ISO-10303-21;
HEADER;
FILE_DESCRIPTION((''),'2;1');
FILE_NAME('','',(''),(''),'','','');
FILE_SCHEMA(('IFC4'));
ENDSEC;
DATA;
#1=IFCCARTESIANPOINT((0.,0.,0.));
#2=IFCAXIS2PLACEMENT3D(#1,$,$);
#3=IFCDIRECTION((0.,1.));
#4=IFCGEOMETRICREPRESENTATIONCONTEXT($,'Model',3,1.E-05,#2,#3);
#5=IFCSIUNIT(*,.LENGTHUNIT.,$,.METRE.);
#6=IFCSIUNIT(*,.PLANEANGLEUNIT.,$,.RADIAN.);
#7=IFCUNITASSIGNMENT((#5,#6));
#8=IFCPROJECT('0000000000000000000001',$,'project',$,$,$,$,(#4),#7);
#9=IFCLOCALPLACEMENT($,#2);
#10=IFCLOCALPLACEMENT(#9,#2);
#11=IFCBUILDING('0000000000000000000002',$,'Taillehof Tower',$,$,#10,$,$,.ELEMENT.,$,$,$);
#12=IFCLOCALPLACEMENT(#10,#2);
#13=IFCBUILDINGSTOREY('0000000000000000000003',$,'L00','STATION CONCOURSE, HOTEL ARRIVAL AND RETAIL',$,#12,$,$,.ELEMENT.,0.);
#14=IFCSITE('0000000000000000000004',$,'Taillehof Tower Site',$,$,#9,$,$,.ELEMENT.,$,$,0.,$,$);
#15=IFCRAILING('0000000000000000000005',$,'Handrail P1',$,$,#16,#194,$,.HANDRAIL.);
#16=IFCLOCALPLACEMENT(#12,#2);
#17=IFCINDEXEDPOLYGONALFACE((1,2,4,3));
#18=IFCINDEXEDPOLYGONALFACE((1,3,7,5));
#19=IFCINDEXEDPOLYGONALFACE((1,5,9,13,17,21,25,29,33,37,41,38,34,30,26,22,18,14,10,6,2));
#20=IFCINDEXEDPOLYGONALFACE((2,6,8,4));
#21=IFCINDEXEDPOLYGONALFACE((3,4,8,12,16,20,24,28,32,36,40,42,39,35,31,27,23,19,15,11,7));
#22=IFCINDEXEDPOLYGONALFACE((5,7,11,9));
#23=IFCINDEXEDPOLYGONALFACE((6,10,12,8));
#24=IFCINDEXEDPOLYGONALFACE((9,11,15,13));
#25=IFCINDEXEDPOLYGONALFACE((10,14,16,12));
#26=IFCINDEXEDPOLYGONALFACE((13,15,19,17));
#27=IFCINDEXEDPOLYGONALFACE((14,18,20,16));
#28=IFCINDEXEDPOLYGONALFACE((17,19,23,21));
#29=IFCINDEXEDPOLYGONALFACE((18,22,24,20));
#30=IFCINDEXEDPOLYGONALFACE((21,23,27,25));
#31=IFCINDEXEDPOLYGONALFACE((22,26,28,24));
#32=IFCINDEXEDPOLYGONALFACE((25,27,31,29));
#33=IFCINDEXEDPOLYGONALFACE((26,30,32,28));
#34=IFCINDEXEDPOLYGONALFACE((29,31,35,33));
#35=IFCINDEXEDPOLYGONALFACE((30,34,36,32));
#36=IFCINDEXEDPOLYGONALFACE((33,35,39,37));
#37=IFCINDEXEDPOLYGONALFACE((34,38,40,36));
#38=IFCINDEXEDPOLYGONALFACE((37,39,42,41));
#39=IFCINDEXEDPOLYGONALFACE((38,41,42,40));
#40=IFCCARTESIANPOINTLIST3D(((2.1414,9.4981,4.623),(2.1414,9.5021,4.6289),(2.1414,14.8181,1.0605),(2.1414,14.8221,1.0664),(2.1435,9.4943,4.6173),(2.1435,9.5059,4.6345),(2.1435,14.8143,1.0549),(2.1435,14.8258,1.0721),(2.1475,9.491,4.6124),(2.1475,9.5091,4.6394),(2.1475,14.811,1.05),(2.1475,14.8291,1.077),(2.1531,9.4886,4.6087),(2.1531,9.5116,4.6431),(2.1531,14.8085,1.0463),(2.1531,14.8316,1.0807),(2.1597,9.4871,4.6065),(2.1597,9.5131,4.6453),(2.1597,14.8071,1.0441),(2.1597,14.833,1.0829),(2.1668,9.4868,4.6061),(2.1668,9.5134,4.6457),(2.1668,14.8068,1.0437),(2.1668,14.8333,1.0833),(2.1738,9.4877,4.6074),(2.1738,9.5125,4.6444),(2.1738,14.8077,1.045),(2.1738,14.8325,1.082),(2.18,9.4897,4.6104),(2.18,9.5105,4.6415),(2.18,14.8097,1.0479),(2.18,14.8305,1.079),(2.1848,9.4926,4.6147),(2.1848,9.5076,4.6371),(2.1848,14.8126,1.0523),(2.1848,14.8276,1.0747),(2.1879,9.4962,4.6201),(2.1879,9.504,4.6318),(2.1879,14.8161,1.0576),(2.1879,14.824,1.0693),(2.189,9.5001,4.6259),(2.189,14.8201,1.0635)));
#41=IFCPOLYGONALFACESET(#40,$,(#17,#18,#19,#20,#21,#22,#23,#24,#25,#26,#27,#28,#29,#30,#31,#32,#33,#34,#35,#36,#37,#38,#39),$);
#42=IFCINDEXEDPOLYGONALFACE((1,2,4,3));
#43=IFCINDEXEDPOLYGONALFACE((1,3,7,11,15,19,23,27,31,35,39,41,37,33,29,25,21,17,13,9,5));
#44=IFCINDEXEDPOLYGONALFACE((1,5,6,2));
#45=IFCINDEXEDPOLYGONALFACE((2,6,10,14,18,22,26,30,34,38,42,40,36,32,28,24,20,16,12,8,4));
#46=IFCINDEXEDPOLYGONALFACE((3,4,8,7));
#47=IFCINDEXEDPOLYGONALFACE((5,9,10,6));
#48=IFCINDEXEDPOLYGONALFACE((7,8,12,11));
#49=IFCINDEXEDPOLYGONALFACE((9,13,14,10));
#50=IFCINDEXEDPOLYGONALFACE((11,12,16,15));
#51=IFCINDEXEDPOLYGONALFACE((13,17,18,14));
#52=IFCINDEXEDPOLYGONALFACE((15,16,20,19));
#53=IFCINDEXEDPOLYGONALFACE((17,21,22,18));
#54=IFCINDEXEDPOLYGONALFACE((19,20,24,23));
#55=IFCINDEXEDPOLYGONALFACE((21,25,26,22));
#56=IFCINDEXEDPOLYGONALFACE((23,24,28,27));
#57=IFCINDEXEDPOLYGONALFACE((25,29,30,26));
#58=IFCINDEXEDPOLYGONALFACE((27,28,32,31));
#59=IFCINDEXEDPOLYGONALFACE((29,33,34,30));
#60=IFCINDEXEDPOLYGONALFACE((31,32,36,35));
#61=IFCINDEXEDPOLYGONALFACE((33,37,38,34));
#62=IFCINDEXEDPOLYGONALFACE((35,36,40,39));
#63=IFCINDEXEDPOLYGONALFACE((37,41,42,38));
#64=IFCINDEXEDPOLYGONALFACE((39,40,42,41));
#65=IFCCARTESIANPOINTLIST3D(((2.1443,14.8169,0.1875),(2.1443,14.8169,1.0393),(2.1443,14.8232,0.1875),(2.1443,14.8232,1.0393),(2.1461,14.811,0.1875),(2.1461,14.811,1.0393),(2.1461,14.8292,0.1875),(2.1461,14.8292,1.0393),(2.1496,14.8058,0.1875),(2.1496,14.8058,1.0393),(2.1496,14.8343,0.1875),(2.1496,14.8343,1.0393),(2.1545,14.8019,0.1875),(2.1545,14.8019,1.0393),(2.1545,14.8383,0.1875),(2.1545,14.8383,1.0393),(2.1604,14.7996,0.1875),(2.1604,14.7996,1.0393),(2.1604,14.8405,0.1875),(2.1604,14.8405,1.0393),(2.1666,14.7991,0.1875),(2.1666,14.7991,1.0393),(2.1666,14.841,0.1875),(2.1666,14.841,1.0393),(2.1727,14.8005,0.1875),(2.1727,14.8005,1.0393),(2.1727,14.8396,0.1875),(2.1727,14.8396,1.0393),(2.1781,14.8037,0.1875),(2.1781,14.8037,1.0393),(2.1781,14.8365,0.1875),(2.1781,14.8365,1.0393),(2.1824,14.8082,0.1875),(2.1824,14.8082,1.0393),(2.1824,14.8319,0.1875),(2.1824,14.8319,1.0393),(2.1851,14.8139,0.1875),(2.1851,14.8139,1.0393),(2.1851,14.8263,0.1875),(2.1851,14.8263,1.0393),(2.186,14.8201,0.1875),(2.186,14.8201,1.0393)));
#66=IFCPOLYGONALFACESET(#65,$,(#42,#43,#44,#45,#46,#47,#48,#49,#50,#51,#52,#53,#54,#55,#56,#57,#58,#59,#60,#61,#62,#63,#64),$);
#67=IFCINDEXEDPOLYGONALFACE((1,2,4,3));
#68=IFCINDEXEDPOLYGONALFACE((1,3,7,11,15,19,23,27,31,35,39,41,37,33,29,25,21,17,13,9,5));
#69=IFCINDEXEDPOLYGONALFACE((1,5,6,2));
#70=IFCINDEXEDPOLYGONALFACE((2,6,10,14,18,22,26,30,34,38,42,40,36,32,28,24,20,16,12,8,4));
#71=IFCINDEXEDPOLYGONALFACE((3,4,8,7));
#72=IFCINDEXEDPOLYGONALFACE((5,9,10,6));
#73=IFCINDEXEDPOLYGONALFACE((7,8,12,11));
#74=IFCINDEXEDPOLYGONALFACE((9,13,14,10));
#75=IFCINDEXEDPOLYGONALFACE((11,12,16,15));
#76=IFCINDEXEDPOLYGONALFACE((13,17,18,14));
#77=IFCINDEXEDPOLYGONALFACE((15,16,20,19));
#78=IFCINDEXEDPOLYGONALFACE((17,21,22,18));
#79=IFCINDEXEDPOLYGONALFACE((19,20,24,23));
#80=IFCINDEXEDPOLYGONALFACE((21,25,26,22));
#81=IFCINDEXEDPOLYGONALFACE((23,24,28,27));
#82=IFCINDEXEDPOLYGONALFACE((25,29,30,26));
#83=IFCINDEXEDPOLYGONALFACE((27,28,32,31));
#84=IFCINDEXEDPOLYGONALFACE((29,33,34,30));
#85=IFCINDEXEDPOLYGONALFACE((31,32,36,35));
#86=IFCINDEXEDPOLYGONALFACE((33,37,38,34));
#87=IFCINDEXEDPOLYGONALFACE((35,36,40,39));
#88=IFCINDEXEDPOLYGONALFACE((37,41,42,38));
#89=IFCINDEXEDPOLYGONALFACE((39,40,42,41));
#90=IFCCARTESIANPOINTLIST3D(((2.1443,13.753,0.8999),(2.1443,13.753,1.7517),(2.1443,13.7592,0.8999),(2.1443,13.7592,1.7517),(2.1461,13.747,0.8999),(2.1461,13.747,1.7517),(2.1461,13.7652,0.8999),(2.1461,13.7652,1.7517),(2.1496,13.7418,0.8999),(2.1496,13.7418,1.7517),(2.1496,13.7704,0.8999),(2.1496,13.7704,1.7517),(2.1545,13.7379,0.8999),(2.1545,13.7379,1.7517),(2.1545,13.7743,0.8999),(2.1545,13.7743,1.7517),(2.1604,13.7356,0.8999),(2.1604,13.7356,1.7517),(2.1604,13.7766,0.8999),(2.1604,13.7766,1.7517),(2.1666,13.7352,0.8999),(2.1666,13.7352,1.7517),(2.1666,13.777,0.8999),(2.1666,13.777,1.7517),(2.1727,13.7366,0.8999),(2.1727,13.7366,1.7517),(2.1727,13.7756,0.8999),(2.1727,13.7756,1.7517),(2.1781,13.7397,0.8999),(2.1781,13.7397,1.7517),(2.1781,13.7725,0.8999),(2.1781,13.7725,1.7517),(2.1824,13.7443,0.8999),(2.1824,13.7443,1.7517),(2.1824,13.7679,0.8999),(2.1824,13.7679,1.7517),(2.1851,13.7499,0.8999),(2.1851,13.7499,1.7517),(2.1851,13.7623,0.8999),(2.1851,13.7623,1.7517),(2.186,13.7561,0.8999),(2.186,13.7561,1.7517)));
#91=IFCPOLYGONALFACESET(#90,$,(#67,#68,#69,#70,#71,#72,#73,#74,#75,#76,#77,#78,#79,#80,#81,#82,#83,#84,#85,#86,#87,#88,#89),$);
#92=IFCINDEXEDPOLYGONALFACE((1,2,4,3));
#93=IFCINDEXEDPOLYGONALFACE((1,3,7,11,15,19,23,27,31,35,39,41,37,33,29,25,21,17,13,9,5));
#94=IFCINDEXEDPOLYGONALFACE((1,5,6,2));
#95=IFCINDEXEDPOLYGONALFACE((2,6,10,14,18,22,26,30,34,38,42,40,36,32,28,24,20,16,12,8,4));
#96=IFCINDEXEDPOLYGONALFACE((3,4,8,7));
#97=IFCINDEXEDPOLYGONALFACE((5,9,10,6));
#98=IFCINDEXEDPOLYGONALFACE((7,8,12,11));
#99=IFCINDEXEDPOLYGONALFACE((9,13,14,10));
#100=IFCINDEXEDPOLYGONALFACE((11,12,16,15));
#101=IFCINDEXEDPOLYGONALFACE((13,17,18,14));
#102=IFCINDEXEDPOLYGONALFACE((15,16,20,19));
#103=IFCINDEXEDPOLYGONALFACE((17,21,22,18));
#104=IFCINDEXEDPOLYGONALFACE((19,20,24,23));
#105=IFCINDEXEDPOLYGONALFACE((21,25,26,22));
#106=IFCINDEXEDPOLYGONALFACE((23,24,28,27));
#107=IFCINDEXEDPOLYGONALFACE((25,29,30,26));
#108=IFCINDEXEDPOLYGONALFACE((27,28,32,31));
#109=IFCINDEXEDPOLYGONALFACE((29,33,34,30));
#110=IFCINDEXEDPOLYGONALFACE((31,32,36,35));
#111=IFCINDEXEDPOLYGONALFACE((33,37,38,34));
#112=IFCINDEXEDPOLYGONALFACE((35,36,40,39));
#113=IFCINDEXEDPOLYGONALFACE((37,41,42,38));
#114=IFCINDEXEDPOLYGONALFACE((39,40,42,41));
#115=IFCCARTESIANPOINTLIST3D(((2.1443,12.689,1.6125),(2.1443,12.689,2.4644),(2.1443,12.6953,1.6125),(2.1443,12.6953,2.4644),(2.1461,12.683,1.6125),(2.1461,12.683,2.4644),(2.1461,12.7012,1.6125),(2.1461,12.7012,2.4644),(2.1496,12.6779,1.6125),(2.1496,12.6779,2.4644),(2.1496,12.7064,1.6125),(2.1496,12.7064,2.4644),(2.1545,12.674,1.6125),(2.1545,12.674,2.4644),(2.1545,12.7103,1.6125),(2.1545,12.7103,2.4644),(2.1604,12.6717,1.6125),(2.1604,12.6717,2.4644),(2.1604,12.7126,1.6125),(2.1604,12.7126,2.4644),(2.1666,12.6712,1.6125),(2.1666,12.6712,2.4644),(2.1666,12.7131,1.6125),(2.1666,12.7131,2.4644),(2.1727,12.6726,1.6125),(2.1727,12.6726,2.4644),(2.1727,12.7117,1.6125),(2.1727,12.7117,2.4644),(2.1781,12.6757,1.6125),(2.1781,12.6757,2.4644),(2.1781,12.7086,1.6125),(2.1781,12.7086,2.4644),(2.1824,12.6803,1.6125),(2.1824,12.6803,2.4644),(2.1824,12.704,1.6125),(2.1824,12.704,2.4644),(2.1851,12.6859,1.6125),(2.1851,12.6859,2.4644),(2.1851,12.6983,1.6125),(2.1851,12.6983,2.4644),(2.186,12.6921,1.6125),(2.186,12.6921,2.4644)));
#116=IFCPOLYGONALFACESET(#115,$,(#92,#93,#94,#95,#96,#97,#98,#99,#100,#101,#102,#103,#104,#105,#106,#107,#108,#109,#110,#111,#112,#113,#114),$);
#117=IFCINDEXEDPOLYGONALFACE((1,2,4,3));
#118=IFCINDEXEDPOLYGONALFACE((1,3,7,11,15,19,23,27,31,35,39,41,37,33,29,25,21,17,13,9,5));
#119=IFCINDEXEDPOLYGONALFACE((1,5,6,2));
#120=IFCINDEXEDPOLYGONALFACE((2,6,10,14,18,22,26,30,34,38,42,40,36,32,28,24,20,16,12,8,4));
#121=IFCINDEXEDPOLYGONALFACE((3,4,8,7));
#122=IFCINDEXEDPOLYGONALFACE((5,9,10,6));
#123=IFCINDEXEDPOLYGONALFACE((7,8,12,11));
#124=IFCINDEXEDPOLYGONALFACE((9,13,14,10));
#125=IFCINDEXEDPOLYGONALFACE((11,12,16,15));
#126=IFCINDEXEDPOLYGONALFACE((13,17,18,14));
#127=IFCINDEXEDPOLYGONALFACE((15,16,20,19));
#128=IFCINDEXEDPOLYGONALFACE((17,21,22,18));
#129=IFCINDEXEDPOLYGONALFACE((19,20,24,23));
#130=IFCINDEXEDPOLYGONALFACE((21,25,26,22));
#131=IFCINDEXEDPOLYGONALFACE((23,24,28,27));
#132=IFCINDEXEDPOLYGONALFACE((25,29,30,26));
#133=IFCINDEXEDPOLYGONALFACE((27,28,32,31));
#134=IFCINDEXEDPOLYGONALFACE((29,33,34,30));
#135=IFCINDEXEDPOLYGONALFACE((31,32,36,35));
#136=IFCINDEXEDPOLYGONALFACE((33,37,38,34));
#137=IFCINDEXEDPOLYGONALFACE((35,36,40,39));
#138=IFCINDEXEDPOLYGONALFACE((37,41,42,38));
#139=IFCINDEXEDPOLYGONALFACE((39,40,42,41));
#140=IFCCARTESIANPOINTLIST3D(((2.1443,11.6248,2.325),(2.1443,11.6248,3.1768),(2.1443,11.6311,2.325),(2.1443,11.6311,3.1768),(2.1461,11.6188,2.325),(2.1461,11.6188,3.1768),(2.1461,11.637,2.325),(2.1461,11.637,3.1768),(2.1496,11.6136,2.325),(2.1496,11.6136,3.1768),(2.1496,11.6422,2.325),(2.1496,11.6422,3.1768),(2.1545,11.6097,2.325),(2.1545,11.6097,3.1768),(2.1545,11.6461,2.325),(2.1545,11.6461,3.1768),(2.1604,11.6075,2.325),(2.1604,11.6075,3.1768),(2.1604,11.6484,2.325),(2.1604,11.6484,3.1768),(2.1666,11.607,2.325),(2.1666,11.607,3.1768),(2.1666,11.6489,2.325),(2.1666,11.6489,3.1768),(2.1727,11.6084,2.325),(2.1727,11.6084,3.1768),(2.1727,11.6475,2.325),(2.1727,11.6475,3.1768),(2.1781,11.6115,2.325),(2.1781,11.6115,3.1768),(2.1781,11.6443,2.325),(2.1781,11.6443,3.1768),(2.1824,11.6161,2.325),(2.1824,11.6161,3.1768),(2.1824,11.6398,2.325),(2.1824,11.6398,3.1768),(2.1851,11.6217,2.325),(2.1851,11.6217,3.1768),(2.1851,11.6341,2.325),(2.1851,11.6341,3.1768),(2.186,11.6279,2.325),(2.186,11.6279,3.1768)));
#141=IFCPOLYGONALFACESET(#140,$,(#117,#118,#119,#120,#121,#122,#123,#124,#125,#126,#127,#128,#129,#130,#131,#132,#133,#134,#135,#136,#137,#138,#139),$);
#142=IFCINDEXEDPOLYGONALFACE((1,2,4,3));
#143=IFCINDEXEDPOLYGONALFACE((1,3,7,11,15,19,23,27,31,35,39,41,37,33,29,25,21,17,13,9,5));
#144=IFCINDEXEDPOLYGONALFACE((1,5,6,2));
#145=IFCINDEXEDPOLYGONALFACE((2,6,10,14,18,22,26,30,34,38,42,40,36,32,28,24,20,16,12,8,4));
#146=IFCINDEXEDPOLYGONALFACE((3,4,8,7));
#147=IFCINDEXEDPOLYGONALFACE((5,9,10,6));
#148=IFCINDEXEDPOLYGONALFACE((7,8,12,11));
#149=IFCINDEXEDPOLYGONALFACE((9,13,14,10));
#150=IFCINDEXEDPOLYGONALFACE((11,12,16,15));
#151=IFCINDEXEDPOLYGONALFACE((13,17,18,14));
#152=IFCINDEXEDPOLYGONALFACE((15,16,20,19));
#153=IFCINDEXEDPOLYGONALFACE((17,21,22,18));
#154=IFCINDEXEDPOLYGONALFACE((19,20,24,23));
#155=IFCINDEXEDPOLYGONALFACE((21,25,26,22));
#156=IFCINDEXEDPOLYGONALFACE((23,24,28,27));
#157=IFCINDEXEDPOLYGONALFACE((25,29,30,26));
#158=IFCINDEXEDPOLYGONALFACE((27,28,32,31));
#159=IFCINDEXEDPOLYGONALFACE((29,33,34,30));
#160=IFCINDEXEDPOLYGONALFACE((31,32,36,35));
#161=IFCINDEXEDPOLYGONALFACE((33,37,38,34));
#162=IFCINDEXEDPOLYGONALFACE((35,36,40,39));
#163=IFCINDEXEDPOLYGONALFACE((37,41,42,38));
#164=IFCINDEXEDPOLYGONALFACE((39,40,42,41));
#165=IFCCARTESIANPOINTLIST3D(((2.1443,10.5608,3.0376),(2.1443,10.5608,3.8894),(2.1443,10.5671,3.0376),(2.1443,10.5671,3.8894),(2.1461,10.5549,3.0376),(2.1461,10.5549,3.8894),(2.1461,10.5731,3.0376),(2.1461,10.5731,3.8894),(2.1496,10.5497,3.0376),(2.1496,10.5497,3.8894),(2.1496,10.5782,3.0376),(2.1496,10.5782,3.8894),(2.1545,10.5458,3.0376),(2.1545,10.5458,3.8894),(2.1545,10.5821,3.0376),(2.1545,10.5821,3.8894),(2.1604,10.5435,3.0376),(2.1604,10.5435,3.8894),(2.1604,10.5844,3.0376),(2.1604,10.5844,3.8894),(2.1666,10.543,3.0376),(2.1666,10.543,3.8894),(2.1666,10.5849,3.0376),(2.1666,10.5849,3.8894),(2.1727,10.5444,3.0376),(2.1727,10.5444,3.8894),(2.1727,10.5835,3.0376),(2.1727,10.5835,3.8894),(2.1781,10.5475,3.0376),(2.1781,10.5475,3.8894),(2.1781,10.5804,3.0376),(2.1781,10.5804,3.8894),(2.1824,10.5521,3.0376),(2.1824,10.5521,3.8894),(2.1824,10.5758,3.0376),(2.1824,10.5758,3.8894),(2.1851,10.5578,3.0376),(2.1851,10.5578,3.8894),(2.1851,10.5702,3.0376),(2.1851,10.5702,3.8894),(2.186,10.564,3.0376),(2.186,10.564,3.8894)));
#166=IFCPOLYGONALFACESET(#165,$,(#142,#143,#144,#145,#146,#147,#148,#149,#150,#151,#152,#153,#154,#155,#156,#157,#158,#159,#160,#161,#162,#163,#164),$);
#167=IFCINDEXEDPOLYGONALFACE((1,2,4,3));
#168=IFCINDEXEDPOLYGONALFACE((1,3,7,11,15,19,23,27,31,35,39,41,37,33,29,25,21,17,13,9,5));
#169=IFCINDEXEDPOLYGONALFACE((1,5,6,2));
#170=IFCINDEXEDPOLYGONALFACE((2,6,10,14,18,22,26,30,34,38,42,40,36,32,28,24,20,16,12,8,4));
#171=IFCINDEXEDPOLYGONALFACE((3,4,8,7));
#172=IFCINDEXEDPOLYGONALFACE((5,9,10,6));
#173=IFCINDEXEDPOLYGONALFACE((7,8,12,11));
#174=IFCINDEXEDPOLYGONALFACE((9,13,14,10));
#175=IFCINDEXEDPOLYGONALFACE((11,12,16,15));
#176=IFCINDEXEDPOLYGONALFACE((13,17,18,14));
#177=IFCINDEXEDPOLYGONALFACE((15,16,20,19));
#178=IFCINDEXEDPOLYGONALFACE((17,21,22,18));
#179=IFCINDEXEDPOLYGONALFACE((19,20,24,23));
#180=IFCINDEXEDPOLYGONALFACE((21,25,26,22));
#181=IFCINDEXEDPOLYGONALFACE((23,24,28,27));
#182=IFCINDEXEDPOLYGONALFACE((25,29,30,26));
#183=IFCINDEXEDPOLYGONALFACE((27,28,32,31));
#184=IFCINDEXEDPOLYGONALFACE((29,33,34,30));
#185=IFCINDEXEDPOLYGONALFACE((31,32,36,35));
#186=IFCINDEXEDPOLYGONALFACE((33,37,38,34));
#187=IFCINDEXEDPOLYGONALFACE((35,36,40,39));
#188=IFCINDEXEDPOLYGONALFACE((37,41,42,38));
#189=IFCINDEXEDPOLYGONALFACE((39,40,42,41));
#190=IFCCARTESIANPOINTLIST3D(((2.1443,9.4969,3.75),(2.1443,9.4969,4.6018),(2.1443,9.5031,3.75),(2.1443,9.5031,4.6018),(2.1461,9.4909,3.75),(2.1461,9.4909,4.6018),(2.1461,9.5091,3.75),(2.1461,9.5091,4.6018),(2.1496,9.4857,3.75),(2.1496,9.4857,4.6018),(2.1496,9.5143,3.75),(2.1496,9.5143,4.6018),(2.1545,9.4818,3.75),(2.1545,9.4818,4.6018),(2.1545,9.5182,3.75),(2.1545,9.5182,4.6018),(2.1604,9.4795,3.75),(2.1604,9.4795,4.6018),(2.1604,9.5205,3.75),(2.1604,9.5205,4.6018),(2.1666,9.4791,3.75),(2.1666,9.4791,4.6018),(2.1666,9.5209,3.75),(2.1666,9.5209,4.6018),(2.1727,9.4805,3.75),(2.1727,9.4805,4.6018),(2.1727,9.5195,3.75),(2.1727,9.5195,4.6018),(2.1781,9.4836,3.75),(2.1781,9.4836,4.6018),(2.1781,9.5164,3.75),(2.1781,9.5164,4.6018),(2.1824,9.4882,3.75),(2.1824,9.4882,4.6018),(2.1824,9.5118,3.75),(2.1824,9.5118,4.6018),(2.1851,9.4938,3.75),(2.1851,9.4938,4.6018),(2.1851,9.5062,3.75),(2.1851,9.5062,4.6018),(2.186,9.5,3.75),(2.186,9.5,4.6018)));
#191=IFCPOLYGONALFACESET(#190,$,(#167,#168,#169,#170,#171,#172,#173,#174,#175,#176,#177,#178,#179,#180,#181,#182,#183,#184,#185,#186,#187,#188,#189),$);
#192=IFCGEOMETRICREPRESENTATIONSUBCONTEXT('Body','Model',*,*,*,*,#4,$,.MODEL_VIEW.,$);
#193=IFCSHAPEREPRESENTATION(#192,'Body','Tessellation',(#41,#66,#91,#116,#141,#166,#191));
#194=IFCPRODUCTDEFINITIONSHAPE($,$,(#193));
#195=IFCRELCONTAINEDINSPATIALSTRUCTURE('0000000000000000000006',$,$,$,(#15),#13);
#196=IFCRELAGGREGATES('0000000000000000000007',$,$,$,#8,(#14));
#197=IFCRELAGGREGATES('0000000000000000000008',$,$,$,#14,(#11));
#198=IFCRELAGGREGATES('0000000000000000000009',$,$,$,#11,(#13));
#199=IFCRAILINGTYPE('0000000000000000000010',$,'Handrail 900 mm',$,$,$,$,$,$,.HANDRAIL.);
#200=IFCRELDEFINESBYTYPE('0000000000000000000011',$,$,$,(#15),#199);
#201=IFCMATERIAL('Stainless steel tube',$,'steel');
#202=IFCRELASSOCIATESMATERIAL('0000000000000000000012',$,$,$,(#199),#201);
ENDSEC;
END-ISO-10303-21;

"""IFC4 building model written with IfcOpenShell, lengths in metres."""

from ifc_helpers import new_model, si_unit, direction, frame, origin, origin_2d, place, context, subcontext, project, spatial, circle, extrude, material, type_object, element, save


model = new_model("IFC4")

# Units and contexts
model_context = context("Model", 3, precision=1e-05, world=origin(), true_north=direction((0.0, 1.0)))
body_context = subcontext(model_context, "Body", "Model", "MODEL_VIEW")
ifc_project = project(units=[si_unit("LENGTHUNIT", "METRE"), si_unit("PLANEANGLEUNIT", "RADIAN")], contexts=[model_context])

# Site, building, storey
site_placement = place(None, origin())
site = spatial("IfcSite", under=ifc_project, at=site_placement, Name="Taillehof Tower Site", CompositionType="ELEMENT", RefElevation=0.0)
building_placement = place(site_placement, origin())
building = spatial("IfcBuilding", under=site, at=building_placement, Name="Taillehof Tower", CompositionType="ELEMENT")
storey_placement = place(building_placement, origin())
storey = spatial("IfcBuildingStorey", under=building, at=storey_placement, Name="L00", Description="STATION CONCOURSE, HOTEL ARRIVAL AND RETAIL", CompositionType="ELEMENT", Elevation=0.0)

# Railing
ifc_material_1 = material(Name="Stainless steel tube", Category="steel")
railing_type_1 = type_object("IfcRailingType", Name="Handrail 900 mm", PredefinedType="HANDRAIL", material=ifc_material_1)
for number, where, name in (
    (1, (2.165, 14.8201, 0.1875), "Handrail P1"),
):
    element("IfcRailing", number, at=place(storey_placement, frame(where)), inside=storey, type_object=railing_type_1, Name=name, PredefinedType="HANDRAIL", context=body_context, shape_type="SweptSolid", body=[
        extrude(circle(Radius=0.0239, at=origin_2d()), frame((0.0, 0.0, 0.876), z_axis=(0.0, -0.83091, 0.556406), x_axis=(1.0, 0.0, 0.0)), (0.0, 0.0, 1.0), 6.4026),
        extrude(circle(Radius=0.021, at=origin_2d()), origin(), (0.0, 0.0, 1.0), 0.8518),
        extrude(circle(Radius=0.021, at=origin_2d()), frame((0.0, -1.064, 0.7124)), (0.0, 0.0, 1.0), 0.8518),
        extrude(circle(Radius=0.021, at=origin_2d()), frame((0.0, -2.1279, 1.425)), (0.0, 0.0, 1.0), 0.8518),
        extrude(circle(Radius=0.021, at=origin_2d()), frame((0.0, -3.1921, 2.1375)), (0.0, 0.0, 1.0), 0.8518),
        extrude(circle(Radius=0.021, at=origin_2d()), frame((0.0, -4.2561, 2.8501)), (0.0, 0.0, 1.0), 0.8518),
        extrude(circle(Radius=0.021, at=origin_2d()), frame((0.0, -5.3201, 3.5625)), (0.0, 0.0, 1.0), 0.8518),
    ])

save(model, "model.ifc")
